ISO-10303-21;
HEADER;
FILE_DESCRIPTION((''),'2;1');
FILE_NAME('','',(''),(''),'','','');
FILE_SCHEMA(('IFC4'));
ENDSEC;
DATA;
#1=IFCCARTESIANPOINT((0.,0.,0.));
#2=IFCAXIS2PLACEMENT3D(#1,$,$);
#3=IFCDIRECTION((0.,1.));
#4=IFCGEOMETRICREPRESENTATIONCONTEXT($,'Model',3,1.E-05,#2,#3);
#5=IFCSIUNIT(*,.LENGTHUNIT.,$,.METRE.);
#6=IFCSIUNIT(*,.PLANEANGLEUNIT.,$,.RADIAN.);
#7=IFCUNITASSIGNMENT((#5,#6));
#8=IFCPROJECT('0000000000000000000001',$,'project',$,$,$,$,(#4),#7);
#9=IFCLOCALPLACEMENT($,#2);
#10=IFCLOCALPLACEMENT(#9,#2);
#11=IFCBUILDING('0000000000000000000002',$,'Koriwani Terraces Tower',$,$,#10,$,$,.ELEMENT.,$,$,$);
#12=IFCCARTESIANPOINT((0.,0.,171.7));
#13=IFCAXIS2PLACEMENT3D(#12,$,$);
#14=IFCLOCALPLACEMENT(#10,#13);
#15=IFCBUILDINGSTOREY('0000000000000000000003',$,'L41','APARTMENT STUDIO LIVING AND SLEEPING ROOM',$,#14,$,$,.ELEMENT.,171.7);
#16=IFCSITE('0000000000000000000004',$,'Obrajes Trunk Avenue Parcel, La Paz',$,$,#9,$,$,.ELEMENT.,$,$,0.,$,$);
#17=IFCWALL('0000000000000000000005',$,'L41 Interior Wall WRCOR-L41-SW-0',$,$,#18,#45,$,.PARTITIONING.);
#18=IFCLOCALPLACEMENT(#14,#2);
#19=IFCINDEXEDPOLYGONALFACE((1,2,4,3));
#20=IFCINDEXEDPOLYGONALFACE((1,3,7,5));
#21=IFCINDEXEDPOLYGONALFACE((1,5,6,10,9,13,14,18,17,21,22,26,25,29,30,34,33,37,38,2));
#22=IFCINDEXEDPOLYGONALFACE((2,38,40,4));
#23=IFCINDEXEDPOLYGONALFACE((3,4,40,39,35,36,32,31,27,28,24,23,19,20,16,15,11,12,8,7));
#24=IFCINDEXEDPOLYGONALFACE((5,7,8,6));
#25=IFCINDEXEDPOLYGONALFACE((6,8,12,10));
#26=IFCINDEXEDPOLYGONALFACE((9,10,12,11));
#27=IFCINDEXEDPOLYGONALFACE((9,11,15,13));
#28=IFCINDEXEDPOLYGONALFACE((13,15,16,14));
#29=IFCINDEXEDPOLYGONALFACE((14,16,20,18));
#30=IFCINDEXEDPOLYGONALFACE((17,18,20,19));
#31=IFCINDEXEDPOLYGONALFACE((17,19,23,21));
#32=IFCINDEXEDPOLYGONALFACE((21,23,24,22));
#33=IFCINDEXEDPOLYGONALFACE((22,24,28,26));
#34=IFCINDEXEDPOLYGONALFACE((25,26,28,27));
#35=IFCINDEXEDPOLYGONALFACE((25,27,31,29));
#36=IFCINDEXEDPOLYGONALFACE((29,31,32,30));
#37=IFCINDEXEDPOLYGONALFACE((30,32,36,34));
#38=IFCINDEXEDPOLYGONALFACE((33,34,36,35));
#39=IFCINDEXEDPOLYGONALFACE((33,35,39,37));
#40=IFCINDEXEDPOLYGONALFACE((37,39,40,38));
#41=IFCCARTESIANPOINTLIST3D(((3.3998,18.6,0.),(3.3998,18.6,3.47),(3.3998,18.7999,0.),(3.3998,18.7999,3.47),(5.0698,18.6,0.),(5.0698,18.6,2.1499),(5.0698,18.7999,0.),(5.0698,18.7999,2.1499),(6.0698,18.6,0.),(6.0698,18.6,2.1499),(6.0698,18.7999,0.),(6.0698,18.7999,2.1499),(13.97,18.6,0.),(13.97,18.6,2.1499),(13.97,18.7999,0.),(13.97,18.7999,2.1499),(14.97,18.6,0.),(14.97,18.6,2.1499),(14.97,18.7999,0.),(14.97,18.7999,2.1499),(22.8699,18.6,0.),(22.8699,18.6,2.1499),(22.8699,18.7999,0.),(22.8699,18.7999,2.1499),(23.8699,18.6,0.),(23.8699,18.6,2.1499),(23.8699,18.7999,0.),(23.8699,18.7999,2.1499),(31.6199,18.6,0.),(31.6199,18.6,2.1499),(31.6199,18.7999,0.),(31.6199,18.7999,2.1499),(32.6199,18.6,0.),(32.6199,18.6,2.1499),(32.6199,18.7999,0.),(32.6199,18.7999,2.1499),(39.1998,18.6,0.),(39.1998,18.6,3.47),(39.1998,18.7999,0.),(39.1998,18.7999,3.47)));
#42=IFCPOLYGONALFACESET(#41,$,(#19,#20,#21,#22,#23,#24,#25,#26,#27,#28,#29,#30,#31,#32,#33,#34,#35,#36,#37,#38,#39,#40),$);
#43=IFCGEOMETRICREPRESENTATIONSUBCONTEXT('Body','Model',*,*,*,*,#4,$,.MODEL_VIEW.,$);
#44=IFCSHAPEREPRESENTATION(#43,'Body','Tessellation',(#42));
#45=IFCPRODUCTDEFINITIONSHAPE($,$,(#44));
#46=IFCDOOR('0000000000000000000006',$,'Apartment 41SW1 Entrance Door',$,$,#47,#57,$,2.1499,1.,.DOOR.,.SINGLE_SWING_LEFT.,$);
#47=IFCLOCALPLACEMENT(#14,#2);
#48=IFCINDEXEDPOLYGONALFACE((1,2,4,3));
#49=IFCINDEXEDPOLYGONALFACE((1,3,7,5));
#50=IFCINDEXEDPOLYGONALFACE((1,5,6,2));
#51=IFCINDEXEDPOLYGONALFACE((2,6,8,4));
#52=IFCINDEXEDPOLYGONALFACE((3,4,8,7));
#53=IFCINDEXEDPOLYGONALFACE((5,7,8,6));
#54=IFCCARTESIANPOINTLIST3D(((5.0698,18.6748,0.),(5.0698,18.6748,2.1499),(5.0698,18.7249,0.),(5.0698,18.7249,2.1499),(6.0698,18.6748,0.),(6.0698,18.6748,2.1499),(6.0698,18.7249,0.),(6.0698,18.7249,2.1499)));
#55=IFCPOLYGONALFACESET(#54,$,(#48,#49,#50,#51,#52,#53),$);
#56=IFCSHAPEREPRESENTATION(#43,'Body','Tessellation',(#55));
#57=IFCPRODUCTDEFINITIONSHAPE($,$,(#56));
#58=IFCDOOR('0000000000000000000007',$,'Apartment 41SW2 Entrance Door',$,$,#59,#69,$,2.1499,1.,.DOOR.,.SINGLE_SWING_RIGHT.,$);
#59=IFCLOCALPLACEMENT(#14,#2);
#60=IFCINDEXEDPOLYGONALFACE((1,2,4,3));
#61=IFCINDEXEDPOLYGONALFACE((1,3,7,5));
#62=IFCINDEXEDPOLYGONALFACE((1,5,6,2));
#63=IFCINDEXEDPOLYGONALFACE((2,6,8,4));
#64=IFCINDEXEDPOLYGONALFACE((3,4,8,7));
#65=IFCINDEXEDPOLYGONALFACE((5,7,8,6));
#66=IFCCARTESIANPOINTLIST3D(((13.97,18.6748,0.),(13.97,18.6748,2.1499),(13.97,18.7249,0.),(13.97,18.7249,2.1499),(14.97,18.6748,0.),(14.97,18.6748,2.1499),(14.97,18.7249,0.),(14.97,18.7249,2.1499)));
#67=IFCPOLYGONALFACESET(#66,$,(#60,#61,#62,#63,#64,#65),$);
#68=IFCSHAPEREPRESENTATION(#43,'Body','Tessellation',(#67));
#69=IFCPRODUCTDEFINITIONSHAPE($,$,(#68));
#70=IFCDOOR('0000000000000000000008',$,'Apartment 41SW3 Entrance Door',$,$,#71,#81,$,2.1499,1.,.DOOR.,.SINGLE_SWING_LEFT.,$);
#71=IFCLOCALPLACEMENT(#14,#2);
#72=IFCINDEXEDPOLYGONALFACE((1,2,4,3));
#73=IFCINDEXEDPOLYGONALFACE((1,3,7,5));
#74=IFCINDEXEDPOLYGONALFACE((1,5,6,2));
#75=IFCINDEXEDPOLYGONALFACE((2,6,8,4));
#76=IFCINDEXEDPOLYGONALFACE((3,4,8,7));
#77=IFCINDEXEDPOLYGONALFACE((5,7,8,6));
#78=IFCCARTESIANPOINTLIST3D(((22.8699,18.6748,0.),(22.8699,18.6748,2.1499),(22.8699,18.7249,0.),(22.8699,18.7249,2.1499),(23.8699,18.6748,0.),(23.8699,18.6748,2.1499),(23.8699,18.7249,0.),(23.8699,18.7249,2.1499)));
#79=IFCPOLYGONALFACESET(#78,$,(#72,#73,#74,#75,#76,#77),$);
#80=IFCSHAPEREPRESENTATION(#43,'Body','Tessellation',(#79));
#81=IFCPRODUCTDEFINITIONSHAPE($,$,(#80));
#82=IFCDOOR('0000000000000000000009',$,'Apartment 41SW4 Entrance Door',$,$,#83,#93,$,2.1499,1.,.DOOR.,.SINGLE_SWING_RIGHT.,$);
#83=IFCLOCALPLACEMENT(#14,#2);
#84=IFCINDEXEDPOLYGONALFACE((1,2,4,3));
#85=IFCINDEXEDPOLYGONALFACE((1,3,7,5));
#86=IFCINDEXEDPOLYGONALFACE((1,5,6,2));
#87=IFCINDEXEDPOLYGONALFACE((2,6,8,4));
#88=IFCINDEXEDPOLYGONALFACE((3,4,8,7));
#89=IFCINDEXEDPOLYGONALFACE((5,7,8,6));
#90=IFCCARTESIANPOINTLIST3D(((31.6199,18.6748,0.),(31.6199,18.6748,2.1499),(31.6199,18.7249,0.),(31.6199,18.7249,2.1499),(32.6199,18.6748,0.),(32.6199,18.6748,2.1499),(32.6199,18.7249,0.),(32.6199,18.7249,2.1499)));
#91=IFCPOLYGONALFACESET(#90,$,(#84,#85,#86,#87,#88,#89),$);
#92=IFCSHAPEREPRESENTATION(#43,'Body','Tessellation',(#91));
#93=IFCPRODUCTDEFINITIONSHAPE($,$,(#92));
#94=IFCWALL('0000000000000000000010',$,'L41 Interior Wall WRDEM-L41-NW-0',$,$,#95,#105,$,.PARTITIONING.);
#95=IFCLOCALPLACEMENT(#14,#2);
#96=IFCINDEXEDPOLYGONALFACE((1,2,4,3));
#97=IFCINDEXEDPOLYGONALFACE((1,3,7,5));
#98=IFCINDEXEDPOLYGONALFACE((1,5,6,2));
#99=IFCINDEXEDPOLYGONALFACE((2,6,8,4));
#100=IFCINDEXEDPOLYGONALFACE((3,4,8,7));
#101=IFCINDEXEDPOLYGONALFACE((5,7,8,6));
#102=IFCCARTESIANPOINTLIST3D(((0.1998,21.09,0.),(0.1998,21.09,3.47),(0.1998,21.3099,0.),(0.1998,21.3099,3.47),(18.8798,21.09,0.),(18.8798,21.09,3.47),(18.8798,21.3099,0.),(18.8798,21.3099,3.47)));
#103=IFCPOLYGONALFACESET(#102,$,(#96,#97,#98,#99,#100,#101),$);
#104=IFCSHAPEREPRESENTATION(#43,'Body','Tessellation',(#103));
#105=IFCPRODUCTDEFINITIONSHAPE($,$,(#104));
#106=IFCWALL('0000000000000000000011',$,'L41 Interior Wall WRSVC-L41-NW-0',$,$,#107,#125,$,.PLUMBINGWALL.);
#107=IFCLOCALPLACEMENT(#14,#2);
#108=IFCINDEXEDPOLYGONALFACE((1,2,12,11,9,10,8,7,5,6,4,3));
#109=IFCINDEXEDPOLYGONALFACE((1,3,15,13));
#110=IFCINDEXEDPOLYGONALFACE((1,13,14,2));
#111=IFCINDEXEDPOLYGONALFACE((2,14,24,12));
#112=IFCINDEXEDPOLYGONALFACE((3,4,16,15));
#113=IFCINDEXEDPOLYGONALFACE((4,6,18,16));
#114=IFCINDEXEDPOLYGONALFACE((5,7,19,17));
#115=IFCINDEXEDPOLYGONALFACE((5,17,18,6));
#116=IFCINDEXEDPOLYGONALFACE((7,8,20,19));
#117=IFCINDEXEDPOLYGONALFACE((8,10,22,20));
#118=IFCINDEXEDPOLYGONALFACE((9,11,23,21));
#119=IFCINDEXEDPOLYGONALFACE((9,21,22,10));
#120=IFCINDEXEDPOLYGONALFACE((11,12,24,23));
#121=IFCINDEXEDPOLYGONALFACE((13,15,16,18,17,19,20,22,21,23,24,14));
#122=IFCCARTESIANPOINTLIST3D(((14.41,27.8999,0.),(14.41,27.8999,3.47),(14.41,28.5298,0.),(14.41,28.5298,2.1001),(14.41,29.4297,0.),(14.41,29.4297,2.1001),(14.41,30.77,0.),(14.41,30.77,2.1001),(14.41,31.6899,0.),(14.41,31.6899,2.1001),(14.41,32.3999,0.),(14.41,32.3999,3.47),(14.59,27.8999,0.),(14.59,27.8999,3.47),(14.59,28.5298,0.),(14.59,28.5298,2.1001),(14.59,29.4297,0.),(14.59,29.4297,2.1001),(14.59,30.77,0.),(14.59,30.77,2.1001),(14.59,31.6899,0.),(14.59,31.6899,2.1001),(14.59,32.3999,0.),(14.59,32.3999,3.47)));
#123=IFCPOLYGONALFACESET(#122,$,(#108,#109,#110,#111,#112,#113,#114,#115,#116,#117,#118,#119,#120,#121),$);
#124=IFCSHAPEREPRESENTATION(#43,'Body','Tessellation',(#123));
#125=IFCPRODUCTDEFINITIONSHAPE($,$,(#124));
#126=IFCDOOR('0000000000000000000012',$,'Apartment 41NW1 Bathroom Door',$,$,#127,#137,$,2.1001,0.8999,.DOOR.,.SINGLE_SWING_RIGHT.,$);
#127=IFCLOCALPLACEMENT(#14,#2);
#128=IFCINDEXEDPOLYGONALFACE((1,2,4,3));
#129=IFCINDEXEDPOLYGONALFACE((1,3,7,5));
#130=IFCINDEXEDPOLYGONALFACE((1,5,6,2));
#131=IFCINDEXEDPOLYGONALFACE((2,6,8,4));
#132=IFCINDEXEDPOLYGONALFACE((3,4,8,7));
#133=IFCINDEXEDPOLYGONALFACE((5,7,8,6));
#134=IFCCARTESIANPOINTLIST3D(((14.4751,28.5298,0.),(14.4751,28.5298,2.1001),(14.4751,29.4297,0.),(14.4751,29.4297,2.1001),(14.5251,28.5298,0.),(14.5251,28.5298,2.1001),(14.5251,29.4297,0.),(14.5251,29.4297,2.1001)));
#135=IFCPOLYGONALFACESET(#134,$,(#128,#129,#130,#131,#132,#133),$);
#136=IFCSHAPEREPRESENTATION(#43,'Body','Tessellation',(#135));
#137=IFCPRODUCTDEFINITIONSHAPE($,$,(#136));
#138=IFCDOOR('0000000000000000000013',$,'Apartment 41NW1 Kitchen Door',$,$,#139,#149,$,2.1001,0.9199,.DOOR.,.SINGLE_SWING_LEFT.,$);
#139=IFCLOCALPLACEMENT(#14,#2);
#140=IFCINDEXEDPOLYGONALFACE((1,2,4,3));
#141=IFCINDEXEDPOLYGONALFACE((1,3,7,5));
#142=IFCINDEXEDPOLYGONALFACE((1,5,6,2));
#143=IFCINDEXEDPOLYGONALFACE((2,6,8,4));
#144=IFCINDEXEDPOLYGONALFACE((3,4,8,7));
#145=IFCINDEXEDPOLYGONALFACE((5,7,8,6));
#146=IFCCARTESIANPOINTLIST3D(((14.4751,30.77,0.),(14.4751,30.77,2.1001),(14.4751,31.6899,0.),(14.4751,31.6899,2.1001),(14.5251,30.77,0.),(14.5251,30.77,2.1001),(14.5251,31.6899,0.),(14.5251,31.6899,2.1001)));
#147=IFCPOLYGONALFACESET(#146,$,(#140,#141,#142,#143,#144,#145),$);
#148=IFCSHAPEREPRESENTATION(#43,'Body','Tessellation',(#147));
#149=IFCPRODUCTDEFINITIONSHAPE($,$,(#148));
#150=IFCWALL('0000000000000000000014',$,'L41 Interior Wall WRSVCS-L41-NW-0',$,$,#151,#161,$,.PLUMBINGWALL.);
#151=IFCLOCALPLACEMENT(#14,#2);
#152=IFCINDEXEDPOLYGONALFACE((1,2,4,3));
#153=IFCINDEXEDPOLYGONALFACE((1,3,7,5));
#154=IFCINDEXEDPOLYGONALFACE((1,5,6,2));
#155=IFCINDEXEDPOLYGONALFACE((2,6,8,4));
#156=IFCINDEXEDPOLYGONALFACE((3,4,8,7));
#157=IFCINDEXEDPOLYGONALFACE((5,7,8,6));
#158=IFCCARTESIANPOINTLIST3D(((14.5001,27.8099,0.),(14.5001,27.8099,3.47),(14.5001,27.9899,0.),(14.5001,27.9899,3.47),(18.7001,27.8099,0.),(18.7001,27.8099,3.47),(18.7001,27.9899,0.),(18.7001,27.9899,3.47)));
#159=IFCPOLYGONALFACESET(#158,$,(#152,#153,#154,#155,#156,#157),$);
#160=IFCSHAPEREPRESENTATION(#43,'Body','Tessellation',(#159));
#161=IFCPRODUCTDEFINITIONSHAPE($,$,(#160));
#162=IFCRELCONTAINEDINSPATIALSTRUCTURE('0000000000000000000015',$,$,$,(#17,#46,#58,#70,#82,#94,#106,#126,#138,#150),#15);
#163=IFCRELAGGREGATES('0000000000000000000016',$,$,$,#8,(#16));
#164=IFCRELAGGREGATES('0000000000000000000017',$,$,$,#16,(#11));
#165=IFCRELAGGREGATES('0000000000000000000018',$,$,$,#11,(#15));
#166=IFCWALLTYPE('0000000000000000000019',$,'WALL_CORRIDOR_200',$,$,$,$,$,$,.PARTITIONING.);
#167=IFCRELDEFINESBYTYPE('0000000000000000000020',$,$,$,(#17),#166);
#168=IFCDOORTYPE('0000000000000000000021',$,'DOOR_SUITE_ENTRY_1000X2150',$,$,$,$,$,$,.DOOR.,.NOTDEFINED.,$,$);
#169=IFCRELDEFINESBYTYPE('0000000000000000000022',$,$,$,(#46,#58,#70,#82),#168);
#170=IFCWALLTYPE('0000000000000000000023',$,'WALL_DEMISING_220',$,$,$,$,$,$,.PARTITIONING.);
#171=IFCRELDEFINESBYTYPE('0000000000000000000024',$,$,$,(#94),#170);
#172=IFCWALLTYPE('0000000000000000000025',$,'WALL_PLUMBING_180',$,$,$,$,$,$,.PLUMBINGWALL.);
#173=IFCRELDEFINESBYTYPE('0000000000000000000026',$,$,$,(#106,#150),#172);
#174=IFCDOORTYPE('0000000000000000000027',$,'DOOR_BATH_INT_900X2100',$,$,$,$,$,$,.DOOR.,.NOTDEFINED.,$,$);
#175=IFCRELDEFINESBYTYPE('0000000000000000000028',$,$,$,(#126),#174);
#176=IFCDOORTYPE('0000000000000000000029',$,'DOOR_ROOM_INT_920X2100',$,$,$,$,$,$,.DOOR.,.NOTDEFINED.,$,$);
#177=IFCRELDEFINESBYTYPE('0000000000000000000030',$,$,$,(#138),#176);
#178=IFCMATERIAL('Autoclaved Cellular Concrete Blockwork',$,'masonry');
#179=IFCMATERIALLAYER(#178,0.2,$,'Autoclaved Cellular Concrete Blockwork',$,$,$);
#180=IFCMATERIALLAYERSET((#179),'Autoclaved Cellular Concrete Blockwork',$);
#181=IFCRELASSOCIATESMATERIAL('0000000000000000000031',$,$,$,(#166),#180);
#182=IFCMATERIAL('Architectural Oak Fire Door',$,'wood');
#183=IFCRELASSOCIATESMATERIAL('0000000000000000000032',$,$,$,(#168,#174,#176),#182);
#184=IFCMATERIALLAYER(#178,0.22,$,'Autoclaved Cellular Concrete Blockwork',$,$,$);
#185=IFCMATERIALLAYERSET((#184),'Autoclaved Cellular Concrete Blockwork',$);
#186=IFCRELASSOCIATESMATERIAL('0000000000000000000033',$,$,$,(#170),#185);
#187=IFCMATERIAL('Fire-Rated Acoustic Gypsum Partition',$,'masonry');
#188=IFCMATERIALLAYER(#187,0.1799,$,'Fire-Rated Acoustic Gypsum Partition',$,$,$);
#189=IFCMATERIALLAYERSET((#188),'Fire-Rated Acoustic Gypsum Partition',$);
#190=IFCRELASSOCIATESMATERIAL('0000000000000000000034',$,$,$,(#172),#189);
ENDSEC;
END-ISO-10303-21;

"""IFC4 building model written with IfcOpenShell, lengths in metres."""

from ifc_helpers import new_model, si_unit, direction, frame, frame_2d, origin, place, context, subcontext, project, spatial, rectangle, extrude, material, layer, layer_set, type_object, element, fill, save


model = new_model("IFC4")

# Units and contexts
model_context = context("Model", 3, precision=1e-05, world=origin(), true_north=direction((0.0, 1.0)))
body_context = subcontext(model_context, "Body", "Model", "MODEL_VIEW")
ifc_project = project(units=[si_unit("LENGTHUNIT", "METRE"), si_unit("PLANEANGLEUNIT", "RADIAN")], contexts=[model_context])

# Site, building, storey
site_placement = place(None, origin())
site = spatial("IfcSite", under=ifc_project, at=site_placement, Name="Obrajes Trunk Avenue Parcel, La Paz", CompositionType="ELEMENT", RefElevation=0.0)
building_placement = place(site_placement, origin())
building = spatial("IfcBuilding", under=site, at=building_placement, Name="Koriwani Terraces Tower", CompositionType="ELEMENT")
storey_placement = place(building_placement, frame((0.0, 0.0, 171.7)))
storey = spatial("IfcBuildingStorey", under=building, at=storey_placement, Name="L41", Description="APARTMENT STUDIO LIVING AND SLEEPING ROOM", CompositionType="ELEMENT", Elevation=171.7)

# Wall, openings, doors
ifc_material_1 = material(Name="Autoclaved Cellular Concrete Blockwork", Category="masonry")
ifc_layer_1 = layer(ifc_material_1, 0.2, Name="Autoclaved Cellular Concrete Blockwork")
ifc_layer_set_1 = layer_set([ifc_layer_1], Name="Autoclaved Cellular Concrete Blockwork")
wall_type_1 = type_object("IfcWallType", Name="WALL_CORRIDOR_200", PredefinedType="PARTITIONING", material=ifc_layer_set_1)
wall_1_placement = place(storey_placement, frame((3.3999, 18.7, 0.0), z_axis=(0.0, 0.0, 1.0), x_axis=(1.0, 0.0, 0.0)))
wall_1 = element("IfcWall", 1, at=wall_1_placement, inside=storey, type_object=wall_type_1, Name="L41 Interior Wall WRCOR-L41-SW-0", PredefinedType="PARTITIONING", context=body_context, shape_type="SweptSolid", body=[
    extrude(rectangle(XDim=35.8, YDim=0.2, at=frame_2d((17.8999, 0.0))), origin(), (0.0, 0.0, 1.0), 3.47),
])
opening_1_placement = place(wall_1_placement, frame((1.6699, 0.0, 0.0)))
opening_1 = element("IfcOpeningElement", 2, at=opening_1_placement, cuts=wall_1, PredefinedType="OPENING", context=body_context, shape_type="SweptSolid", body=[
    extrude(rectangle(XDim=1.0, YDim=2.1499, at=frame_2d((0.5, 1.075))), frame((0.0, 0.1099, 0.0), z_axis=(0.0, -1.0, 0.0), x_axis=(1.0, 0.0, 0.0)), (0.0, 0.0, 1.0), 0.22),
])
opening_2_placement = place(wall_1_placement, frame((10.5701, 0.0, 0.0)))
opening_2 = element("IfcOpeningElement", 3, at=opening_2_placement, cuts=wall_1, PredefinedType="OPENING", context=body_context, shape_type="SweptSolid", body=[
    extrude(rectangle(XDim=1.0, YDim=2.1499, at=frame_2d((0.5, 1.075))), frame((0.0, 0.1099, 0.0), z_axis=(0.0, -1.0, 0.0), x_axis=(1.0, 0.0, 0.0)), (0.0, 0.0, 1.0), 0.22),
])
opening_3_placement = place(wall_1_placement, frame((19.47, 0.0, 0.0)))
opening_3 = element("IfcOpeningElement", 4, at=opening_3_placement, cuts=wall_1, PredefinedType="OPENING", context=body_context, shape_type="SweptSolid", body=[
    extrude(rectangle(XDim=1.0, YDim=2.1499, at=frame_2d((0.5, 1.075))), frame((0.0, 0.1099, 0.0), z_axis=(0.0, -1.0, 0.0), x_axis=(1.0, 0.0, 0.0)), (0.0, 0.0, 1.0), 0.22),
])
opening_4_placement = place(wall_1_placement, frame((28.22, 0.0, 0.0)))
opening_4 = element("IfcOpeningElement", 5, at=opening_4_placement, cuts=wall_1, PredefinedType="OPENING", context=body_context, shape_type="SweptSolid", body=[
    extrude(rectangle(XDim=1.0, YDim=2.1499, at=frame_2d((0.5, 1.075))), frame((0.0, 0.1099, 0.0), z_axis=(0.0, -1.0, 0.0), x_axis=(1.0, 0.0, 0.0)), (0.0, 0.0, 1.0), 0.22),
])
ifc_material_2 = material(Name="Architectural Oak Fire Door", Category="wood")
door_type_1 = type_object("IfcDoorType", Name="DOOR_SUITE_ENTRY_1000X2150", OperationType="NOTDEFINED", PredefinedType="DOOR", material=ifc_material_2)
door_1_placement = place(opening_1_placement, origin())
door_1 = element("IfcDoor", 6, at=door_1_placement, inside=storey, type_object=door_type_1, Name="Apartment 41SW1 Entrance Door", OperationType="SINGLE_SWING_LEFT", OverallHeight=2.1499, OverallWidth=1.0, PredefinedType="DOOR", context=body_context, shape_type="SweptSolid", body=[
    extrude(rectangle(XDim=1.0, YDim=2.1499, at=frame_2d((0.5, 1.075))), frame((0.0, 0.0249, 0.0), z_axis=(0.0, -1.0, 0.0), x_axis=(1.0, 0.0, 0.0)), (0.0, 0.0, 1.0), 0.05),
])
fill(opening_1, door_1)
door_2_placement = place(opening_2_placement, origin())
door_2 = element("IfcDoor", 7, at=door_2_placement, inside=storey, type_object=door_type_1, Name="Apartment 41SW2 Entrance Door", OperationType="SINGLE_SWING_RIGHT", OverallHeight=2.1499, OverallWidth=1.0, PredefinedType="DOOR", context=body_context, shape_type="SweptSolid", body=[
    extrude(rectangle(XDim=1.0, YDim=2.1499, at=frame_2d((0.5, 1.075))), frame((0.0, 0.0249, 0.0), z_axis=(0.0, -1.0, 0.0), x_axis=(1.0, 0.0, 0.0)), (0.0, 0.0, 1.0), 0.05),
])
fill(opening_2, door_2)
door_3_placement = place(opening_3_placement, origin())
door_3 = element("IfcDoor", 8, at=door_3_placement, inside=storey, type_object=door_type_1, Name="Apartment 41SW3 Entrance Door", OperationType="SINGLE_SWING_LEFT", OverallHeight=2.1499, OverallWidth=1.0, PredefinedType="DOOR", context=body_context, shape_type="SweptSolid", body=[
    extrude(rectangle(XDim=1.0, YDim=2.1499, at=frame_2d((0.5, 1.075))), frame((0.0, 0.0249, 0.0), z_axis=(0.0, -1.0, 0.0), x_axis=(1.0, 0.0, 0.0)), (0.0, 0.0, 1.0), 0.05),
])
fill(opening_3, door_3)
door_4_placement = place(opening_4_placement, origin())
door_4 = element("IfcDoor", 9, at=door_4_placement, inside=storey, type_object=door_type_1, Name="Apartment 41SW4 Entrance Door", OperationType="SINGLE_SWING_RIGHT", OverallHeight=2.1499, OverallWidth=1.0, PredefinedType="DOOR", context=body_context, shape_type="SweptSolid", body=[
    extrude(rectangle(XDim=1.0, YDim=2.1499, at=frame_2d((0.5, 1.075))), frame((0.0, 0.0249, 0.0), z_axis=(0.0, -1.0, 0.0), x_axis=(1.0, 0.0, 0.0)), (0.0, 0.0, 1.0), 0.05),
])
fill(opening_4, door_4)

# Wall
ifc_layer_2 = layer(ifc_material_1, 0.22, Name="Autoclaved Cellular Concrete Blockwork")
ifc_layer_set_2 = layer_set([ifc_layer_2], Name="Autoclaved Cellular Concrete Blockwork")
wall_type_2 = type_object("IfcWallType", Name="WALL_DEMISING_220", PredefinedType="PARTITIONING", material=ifc_layer_set_2)
wall_2_placement = place(storey_placement, frame((0.2, 21.2, 0.0), z_axis=(0.0, 0.0, 1.0), x_axis=(1.0, 0.0, 0.0)))
element("IfcWall", 10, at=wall_2_placement, inside=storey, type_object=wall_type_2, Name="L41 Interior Wall WRDEM-L41-NW-0", PredefinedType="PARTITIONING", context=body_context, shape_type="SweptSolid", body=[
    extrude(rectangle(XDim=18.6799, YDim=0.22, at=frame_2d((9.3398, 0.0))), origin(), (0.0, 0.0, 1.0), 3.47),
])

# Wall, openings, doors
ifc_material_3 = material(Name="Fire-Rated Acoustic Gypsum Partition", Category="masonry")
ifc_layer_3 = layer(ifc_material_3, 0.1799, Name="Fire-Rated Acoustic Gypsum Partition")
ifc_layer_set_3 = layer_set([ifc_layer_3], Name="Fire-Rated Acoustic Gypsum Partition")
wall_type_3 = type_object("IfcWallType", Name="WALL_PLUMBING_180", PredefinedType="PLUMBINGWALL", material=ifc_layer_set_3)
wall_3_placement = place(storey_placement, frame((14.5, 27.8999, 0.0), z_axis=(0.0, 0.0, 1.0), x_axis=(0.0, 1.0, 0.0)))
wall_3 = element("IfcWall", 11, at=wall_3_placement, inside=storey, type_object=wall_type_3, Name="L41 Interior Wall WRSVC-L41-NW-0", PredefinedType="PLUMBINGWALL", context=body_context, shape_type="SweptSolid", body=[
    extrude(rectangle(XDim=4.5, YDim=0.1799, at=frame_2d((2.25, 0.0))), origin(), (0.0, 0.0, 1.0), 3.47),
])
opening_5_placement = place(wall_3_placement, frame((0.6299, 0.0, 0.0)))
opening_5 = element("IfcOpeningElement", 12, at=opening_5_placement, cuts=wall_3, PredefinedType="OPENING", context=body_context, shape_type="SweptSolid", body=[
    extrude(rectangle(XDim=0.8999, YDim=2.1001, at=frame_2d((0.45, 1.05))), frame((0.0, 0.1001, 0.0), z_axis=(0.0, -1.0, 0.0), x_axis=(1.0, 0.0, 0.0)), (0.0, 0.0, 1.0), 0.2),
])
opening_6_placement = place(wall_3_placement, frame((2.8701, 0.0, 0.0)))
opening_6 = element("IfcOpeningElement", 13, at=opening_6_placement, cuts=wall_3, PredefinedType="OPENING", context=body_context, shape_type="SweptSolid", body=[
    extrude(rectangle(XDim=0.9199, YDim=2.1001, at=frame_2d((0.46, 1.05))), frame((0.0, 0.1001, 0.0), z_axis=(0.0, -1.0, 0.0), x_axis=(1.0, 0.0, 0.0)), (0.0, 0.0, 1.0), 0.2),
])
door_type_2 = type_object("IfcDoorType", Name="DOOR_BATH_INT_900X2100", OperationType="NOTDEFINED", PredefinedType="DOOR", material=ifc_material_2)
door_5_placement = place(opening_5_placement, origin())
door_5 = element("IfcDoor", 14, at=door_5_placement, inside=storey, type_object=door_type_2, Name="Apartment 41NW1 Bathroom Door", OperationType="SINGLE_SWING_RIGHT", OverallHeight=2.1001, OverallWidth=0.8999, PredefinedType="DOOR", context=body_context, shape_type="SweptSolid", body=[
    extrude(rectangle(XDim=0.8999, YDim=2.1001, at=frame_2d((0.45, 1.05))), frame((0.0, 0.0249, 0.0), z_axis=(0.0, -1.0, 0.0), x_axis=(1.0, 0.0, 0.0)), (0.0, 0.0, 1.0), 0.05),
])
fill(opening_5, door_5)
door_type_3 = type_object("IfcDoorType", Name="DOOR_ROOM_INT_920X2100", OperationType="NOTDEFINED", PredefinedType="DOOR", material=ifc_material_2)
door_6_placement = place(opening_6_placement, origin())
door_6 = element("IfcDoor", 15, at=door_6_placement, inside=storey, type_object=door_type_3, Name="Apartment 41NW1 Kitchen Door", OperationType="SINGLE_SWING_LEFT", OverallHeight=2.1001, OverallWidth=0.9199, PredefinedType="DOOR", context=body_context, shape_type="SweptSolid", body=[
    extrude(rectangle(XDim=0.9199, YDim=2.1001, at=frame_2d((0.46, 1.05))), frame((0.0, 0.0249, 0.0), z_axis=(0.0, -1.0, 0.0), x_axis=(1.0, 0.0, 0.0)), (0.0, 0.0, 1.0), 0.05),
])
fill(opening_6, door_6)

# Wall
for number, where, z_axis, x_axis, name in (
    (16, (14.5, 27.8999, 0.0), (0.0, 0.0, 1.0), (1.0, 0.0, 0.0), "L41 Interior Wall WRSVCS-L41-NW-0"),
):
    element("IfcWall", number, at=place(storey_placement, frame(where, z_axis=z_axis, x_axis=x_axis)), inside=storey, type_object=wall_type_3, Name=name, PredefinedType="PLUMBINGWALL", context=body_context, shape_type="SweptSolid", body=[
        extrude(rectangle(XDim=4.2, YDim=0.1799, at=frame_2d((2.1001, 0.0))), origin(), (0.0, 0.0, 1.0), 3.47),
    ])

save(model, "model.ifc")
